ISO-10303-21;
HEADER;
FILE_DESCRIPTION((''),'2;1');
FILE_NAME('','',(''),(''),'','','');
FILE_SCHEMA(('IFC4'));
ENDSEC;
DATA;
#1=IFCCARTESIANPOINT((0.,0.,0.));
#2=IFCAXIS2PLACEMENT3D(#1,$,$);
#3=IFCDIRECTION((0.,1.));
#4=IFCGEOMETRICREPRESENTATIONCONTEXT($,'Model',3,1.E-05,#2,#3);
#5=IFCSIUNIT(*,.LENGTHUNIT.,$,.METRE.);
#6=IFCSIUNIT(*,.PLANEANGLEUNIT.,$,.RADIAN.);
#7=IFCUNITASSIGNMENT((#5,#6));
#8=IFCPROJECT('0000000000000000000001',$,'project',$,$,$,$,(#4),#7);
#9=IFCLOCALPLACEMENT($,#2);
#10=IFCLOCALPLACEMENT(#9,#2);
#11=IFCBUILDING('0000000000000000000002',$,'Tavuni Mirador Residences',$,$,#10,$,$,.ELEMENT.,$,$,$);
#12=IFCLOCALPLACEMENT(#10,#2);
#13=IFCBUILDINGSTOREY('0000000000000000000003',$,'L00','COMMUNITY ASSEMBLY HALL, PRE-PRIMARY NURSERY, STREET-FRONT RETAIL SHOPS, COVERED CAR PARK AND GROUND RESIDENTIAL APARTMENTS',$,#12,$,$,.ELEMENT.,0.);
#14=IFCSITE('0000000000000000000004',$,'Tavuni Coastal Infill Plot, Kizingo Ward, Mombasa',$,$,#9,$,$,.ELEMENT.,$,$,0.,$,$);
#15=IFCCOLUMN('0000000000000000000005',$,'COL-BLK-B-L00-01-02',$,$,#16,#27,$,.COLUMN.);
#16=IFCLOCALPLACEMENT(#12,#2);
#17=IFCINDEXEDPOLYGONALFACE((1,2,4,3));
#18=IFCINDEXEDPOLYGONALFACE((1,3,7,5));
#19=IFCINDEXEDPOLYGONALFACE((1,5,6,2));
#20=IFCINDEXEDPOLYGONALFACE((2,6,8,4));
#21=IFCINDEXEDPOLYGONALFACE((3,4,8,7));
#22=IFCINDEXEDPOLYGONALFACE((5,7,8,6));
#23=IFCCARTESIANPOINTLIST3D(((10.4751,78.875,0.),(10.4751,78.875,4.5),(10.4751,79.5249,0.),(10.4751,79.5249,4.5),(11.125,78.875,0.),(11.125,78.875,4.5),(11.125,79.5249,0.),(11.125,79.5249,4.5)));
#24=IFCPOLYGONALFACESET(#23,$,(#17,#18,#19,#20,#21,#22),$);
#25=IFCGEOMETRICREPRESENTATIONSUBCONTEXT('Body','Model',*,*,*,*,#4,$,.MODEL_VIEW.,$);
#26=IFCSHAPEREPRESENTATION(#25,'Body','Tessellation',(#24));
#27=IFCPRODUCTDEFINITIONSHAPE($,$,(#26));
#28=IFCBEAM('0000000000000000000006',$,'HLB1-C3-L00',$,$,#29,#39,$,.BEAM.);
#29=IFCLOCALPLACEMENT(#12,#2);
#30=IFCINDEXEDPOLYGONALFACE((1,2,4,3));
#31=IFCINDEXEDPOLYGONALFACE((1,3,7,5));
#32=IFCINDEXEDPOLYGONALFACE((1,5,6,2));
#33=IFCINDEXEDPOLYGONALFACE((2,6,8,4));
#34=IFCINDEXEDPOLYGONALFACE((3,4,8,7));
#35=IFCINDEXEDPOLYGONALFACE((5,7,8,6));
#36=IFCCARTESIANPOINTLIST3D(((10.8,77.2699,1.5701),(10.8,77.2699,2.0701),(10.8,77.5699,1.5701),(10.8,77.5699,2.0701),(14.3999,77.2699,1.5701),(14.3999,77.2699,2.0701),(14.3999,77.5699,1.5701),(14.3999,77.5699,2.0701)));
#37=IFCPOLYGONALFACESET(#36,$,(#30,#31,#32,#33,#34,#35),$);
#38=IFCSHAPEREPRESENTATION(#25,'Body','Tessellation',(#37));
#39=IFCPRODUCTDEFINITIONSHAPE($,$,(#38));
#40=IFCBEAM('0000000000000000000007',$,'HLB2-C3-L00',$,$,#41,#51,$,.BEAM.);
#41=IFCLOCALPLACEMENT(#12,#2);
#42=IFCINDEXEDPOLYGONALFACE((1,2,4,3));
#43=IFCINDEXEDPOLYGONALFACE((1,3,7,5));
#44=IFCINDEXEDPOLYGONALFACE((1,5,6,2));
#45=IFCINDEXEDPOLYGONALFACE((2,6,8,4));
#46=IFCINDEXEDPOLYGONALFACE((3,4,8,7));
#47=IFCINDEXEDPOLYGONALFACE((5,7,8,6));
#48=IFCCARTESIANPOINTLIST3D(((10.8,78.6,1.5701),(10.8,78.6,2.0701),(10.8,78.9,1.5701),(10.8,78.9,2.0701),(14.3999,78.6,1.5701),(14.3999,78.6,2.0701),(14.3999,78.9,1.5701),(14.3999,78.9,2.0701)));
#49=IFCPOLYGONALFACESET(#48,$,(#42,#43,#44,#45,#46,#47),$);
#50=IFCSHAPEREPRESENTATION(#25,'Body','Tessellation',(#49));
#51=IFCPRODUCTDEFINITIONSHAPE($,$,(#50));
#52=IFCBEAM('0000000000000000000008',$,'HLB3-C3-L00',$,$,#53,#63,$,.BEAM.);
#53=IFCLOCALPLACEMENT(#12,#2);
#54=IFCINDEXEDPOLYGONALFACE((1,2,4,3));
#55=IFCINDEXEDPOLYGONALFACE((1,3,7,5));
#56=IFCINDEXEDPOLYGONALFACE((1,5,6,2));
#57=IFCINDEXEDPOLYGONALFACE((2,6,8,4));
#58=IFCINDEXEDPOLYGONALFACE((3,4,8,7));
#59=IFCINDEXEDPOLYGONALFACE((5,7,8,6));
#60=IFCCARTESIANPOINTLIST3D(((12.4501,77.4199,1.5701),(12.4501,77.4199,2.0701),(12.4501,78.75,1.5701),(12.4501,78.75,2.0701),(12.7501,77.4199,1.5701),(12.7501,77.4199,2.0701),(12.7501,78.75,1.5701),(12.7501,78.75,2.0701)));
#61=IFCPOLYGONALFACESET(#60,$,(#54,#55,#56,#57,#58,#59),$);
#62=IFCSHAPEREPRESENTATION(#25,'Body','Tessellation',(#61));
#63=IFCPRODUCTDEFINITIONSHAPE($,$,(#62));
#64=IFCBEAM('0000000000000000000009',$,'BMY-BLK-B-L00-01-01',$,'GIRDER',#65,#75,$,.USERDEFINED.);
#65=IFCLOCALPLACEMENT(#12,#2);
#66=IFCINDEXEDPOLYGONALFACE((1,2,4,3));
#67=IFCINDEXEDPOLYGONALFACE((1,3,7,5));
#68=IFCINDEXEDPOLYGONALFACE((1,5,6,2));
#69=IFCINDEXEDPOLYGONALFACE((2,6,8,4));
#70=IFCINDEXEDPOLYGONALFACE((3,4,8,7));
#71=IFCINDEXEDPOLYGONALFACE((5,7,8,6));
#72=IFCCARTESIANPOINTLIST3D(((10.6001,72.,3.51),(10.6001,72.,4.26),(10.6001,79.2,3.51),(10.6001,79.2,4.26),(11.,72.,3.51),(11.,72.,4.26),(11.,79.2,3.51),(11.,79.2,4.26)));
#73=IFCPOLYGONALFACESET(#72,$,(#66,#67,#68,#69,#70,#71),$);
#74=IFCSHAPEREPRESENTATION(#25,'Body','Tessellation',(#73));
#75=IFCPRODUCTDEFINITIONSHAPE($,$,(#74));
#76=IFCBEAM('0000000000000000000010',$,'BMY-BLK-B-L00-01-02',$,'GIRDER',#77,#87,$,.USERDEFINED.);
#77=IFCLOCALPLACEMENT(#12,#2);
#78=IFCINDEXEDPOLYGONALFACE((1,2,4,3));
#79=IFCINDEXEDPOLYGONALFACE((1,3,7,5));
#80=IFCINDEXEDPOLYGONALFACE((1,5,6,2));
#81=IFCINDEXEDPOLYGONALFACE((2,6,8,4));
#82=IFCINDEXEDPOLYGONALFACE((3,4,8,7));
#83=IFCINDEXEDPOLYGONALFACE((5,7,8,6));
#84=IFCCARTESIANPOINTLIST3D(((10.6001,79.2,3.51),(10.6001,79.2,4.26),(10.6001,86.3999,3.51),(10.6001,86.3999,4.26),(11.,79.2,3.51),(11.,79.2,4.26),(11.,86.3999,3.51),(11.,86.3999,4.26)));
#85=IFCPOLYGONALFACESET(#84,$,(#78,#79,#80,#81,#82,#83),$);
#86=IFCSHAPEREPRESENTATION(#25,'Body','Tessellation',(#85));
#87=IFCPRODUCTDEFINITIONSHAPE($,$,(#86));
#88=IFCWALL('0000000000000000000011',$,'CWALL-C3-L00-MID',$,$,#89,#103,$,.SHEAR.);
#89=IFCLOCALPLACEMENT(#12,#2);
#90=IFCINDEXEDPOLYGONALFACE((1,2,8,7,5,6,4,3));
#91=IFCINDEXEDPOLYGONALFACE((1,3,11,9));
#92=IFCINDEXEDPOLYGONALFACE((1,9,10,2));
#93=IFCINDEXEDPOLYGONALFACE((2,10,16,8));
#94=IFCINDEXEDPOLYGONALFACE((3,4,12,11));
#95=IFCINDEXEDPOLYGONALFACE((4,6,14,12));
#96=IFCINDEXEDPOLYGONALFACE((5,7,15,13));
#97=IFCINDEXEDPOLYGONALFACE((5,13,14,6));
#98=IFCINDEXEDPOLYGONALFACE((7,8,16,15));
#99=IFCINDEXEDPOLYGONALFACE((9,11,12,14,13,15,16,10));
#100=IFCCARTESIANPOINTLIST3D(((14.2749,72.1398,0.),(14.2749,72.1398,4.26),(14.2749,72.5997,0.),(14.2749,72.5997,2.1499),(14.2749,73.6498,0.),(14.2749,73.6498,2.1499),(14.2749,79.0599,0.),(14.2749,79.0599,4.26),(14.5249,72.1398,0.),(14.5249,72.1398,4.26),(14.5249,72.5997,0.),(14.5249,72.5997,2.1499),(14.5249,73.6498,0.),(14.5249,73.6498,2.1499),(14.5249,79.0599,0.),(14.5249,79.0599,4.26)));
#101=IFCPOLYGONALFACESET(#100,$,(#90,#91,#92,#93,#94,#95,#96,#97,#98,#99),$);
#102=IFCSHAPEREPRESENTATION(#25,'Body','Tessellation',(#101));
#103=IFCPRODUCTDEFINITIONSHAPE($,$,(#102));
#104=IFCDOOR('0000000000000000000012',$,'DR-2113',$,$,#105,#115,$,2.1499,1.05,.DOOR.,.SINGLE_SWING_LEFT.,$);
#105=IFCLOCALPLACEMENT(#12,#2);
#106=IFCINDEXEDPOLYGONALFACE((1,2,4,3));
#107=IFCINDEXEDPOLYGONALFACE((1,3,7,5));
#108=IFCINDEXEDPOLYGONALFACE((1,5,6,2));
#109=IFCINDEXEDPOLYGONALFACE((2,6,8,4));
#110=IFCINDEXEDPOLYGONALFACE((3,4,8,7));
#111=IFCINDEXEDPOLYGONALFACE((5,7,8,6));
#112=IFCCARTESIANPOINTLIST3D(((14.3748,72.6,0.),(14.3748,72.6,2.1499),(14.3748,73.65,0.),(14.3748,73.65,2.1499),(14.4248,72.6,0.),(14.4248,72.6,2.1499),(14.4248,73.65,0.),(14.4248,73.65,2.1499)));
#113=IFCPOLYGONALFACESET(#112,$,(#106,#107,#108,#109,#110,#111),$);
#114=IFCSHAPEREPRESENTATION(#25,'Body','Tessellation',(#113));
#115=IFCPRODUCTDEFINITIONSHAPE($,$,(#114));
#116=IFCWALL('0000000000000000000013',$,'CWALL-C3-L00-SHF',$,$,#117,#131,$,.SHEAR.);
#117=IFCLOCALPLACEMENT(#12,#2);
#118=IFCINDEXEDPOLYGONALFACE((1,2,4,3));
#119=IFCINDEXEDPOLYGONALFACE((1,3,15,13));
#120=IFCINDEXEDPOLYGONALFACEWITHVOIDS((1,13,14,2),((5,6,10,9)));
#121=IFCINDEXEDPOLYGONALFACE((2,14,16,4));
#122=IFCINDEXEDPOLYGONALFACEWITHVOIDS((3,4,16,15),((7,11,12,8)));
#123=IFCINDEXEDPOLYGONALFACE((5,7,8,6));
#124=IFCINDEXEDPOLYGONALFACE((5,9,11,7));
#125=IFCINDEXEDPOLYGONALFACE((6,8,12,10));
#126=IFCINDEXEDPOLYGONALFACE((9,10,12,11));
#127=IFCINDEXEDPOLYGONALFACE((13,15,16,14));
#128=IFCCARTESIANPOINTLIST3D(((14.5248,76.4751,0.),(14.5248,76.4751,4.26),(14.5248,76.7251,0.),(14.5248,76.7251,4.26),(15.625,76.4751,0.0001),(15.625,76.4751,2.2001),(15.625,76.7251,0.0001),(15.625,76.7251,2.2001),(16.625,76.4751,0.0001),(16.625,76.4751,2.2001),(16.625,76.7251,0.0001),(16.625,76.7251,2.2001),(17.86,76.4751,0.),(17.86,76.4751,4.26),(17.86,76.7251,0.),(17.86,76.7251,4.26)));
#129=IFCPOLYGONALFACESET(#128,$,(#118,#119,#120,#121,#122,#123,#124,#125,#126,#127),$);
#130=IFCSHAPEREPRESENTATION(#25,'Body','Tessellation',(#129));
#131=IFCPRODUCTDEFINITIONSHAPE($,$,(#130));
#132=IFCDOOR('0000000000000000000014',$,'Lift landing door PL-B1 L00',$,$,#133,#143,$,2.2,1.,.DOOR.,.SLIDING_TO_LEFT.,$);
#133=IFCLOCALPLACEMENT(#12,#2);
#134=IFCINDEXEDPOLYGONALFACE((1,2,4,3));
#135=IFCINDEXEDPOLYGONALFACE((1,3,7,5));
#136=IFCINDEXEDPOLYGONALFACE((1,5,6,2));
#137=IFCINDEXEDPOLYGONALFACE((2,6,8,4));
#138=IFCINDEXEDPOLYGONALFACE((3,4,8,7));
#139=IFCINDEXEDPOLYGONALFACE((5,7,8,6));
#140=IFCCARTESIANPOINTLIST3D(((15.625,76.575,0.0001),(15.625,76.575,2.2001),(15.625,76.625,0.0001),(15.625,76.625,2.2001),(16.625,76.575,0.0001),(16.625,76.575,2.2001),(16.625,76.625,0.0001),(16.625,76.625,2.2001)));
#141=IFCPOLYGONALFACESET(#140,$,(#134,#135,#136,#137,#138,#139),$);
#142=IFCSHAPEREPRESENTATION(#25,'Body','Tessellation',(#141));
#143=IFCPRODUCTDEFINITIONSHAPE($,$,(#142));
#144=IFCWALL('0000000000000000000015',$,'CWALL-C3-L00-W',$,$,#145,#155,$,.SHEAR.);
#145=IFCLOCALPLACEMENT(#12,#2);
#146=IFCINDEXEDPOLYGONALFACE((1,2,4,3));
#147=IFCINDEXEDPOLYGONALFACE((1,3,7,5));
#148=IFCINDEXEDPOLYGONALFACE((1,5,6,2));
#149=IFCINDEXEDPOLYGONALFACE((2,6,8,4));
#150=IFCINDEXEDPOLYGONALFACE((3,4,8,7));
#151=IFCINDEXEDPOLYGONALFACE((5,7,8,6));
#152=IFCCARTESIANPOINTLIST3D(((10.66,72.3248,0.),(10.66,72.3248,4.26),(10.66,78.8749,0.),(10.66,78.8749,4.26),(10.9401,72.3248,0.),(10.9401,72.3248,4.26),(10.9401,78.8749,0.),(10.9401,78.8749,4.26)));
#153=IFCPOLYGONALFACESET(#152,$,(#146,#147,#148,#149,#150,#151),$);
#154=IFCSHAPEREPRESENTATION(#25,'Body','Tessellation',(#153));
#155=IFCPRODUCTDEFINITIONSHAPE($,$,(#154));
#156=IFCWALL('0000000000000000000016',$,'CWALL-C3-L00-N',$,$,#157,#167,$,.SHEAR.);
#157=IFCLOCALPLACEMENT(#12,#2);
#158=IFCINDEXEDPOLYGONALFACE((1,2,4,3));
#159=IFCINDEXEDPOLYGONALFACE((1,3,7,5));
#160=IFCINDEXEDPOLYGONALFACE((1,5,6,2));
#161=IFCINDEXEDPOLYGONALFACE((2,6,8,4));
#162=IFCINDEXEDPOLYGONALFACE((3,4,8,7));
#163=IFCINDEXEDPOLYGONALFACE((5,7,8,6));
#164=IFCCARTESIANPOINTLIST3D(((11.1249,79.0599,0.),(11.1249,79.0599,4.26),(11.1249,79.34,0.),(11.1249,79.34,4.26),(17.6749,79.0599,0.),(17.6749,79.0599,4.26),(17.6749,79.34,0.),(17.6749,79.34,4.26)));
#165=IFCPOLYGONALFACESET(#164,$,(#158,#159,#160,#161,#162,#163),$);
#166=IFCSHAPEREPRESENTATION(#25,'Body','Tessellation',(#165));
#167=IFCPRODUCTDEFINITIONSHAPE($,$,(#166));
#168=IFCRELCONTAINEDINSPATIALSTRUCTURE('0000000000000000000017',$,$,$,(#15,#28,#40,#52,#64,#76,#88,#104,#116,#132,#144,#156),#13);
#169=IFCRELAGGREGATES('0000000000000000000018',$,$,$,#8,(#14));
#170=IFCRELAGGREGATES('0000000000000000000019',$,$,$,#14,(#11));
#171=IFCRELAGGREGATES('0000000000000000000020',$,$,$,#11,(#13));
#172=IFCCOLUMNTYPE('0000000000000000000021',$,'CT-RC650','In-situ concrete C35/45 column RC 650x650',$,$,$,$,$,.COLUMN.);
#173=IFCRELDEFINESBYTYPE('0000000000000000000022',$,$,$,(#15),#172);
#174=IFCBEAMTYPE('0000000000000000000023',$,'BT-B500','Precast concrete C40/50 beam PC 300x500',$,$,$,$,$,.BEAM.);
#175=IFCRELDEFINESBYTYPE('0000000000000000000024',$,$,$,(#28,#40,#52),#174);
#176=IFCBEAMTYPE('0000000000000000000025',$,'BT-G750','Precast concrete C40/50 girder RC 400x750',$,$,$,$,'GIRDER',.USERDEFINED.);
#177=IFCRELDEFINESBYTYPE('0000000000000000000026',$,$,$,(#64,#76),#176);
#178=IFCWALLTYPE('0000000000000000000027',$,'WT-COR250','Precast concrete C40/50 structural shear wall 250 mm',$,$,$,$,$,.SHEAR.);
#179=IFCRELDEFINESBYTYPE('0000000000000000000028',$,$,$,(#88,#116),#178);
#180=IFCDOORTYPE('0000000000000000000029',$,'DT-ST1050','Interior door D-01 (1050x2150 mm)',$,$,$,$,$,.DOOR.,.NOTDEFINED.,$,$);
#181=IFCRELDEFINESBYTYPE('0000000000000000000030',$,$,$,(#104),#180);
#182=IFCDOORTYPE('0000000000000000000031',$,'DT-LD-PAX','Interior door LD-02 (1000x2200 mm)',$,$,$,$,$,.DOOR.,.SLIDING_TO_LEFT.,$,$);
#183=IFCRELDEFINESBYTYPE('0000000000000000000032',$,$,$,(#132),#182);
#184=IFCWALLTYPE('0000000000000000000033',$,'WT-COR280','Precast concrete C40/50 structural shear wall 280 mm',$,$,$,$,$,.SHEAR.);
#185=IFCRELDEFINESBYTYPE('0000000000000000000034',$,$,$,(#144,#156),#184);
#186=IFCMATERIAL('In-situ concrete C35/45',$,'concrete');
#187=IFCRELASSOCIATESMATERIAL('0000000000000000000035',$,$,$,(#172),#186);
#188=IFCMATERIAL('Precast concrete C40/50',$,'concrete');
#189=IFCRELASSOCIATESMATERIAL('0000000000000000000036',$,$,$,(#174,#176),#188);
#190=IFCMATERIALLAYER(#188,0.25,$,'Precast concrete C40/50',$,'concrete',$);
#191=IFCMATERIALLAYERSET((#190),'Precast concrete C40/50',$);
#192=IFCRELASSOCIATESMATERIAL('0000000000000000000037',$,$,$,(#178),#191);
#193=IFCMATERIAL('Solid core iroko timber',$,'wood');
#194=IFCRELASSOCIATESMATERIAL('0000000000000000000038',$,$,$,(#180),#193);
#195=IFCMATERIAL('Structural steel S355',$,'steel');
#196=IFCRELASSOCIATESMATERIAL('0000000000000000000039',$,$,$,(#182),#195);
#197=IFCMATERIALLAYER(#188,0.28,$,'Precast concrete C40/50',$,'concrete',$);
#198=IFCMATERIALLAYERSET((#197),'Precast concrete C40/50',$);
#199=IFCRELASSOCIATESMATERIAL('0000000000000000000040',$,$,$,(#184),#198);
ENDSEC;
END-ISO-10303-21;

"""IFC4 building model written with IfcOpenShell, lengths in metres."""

from ifc_helpers import new_model, si_unit, direction, frame, frame_2d, origin, origin_2d, place, context, subcontext, project, spatial, rectangle, extrude, material, layer, layer_set, material_profile, profile_set, type_object, element, fill, save


model = new_model("IFC4")

# Units and contexts
model_context = context("Model", 3, precision=1e-05, world=origin(), true_north=direction((0.0, 1.0)))
body_context = subcontext(model_context, "Body", "Model", "MODEL_VIEW")
ifc_project = project(units=[si_unit("LENGTHUNIT", "METRE"), si_unit("PLANEANGLEUNIT", "RADIAN")], contexts=[model_context])

# Site, building, storey
site_placement = place(None, origin())
site = spatial("IfcSite", under=ifc_project, at=site_placement, Name="Tavuni Coastal Infill Plot, Kizingo Ward, Mombasa", CompositionType="ELEMENT", RefElevation=0.0)
building_placement = place(site_placement, origin())
building = spatial("IfcBuilding", under=site, at=building_placement, Name="Tavuni Mirador Residences", CompositionType="ELEMENT")
storey_placement = place(building_placement, origin())
storey = spatial("IfcBuildingStorey", under=building, at=storey_placement, Name="L00", Description="COMMUNITY ASSEMBLY HALL, PRE-PRIMARY NURSERY, STREET-FRONT RETAIL SHOPS, COVERED CAR PARK AND GROUND RESIDENTIAL APARTMENTS", CompositionType="ELEMENT", Elevation=0.0)

# Column
ifc_material_1 = material(Name="In-situ concrete C35/45", Category="concrete")
ifc_material_profile_1 = material_profile(ifc_material_1, rectangle(XDim=0.6499, YDim=0.6499, at=origin_2d()), Name="RC 650x650", Category="concrete")
ifc_profile_set_1 = profile_set([ifc_material_profile_1], Name="In-situ concrete C35/45")
column_type = type_object("IfcColumnType", Name="CT-RC650", Description="In-situ concrete C35/45 column RC 650x650", PredefinedType="COLUMN", material=ifc_profile_set_1)
column_placement = place(storey_placement, frame((10.8, 79.2, 0.0), z_axis=(0.0, 0.0, 1.0), x_axis=(1.0, 0.0, 0.0)))
element("IfcColumn", 1, at=column_placement, inside=storey, type_object=column_type, Name="COL-BLK-B-L00-01-02", PredefinedType="COLUMN", context=body_context, shape_type="SweptSolid", body=[
    extrude(rectangle(XDim=0.6499, YDim=0.6499, at=origin_2d()), origin(), (0.0, 0.0, 1.0), 4.5),
])

# Beams
ifc_material_2 = material(Name="Precast concrete C40/50", Category="concrete")
ifc_material_profile_2 = material_profile(ifc_material_2, rectangle(XDim=0.3, YDim=0.5, at=origin_2d()), Name="PC 300x500", Category="concrete")
ifc_profile_set_2 = profile_set([ifc_material_profile_2], Name="Precast concrete C40/50")
beam_type_1 = type_object("IfcBeamType", Name="BT-B500", Description="Precast concrete C40/50 beam PC 300x500", PredefinedType="BEAM", material=ifc_profile_set_2)
for number, where, z_axis, x_axis, name in (
    (2, (10.8, 77.4199, 1.8201), (1.0, 0.0, 0.0), (0.0, 1.0, 0.0), "HLB1-C3-L00"),
    (3, (10.8, 78.75, 1.8201), (1.0, 0.0, 0.0), (0.0, 1.0, 0.0), "HLB2-C3-L00"),
):
    element("IfcBeam", number, at=place(storey_placement, frame(where, z_axis=z_axis, x_axis=x_axis)), inside=storey, type_object=beam_type_1, Name=name, PredefinedType="BEAM", context=body_context, shape_type="SweptSolid", body=[
        extrude(rectangle(XDim=0.3, YDim=0.5, at=origin_2d()), origin(), (0.0, 0.0, 1.0), 3.5999),
    ])
beam_placement = place(storey_placement, frame((12.6001, 77.4199, 1.8201), z_axis=(0.0, 1.0, 0.0), x_axis=(-1.0, 0.0, 0.0)))
element("IfcBeam", 4, at=beam_placement, inside=storey, type_object=beam_type_1, Name="HLB3-C3-L00", PredefinedType="BEAM", context=body_context, shape_type="SweptSolid", body=[
    extrude(rectangle(XDim=0.3, YDim=0.5, at=origin_2d()), origin(), (0.0, 0.0, 1.0), 1.3301),
])
ifc_material_profile_3 = material_profile(ifc_material_2, rectangle(XDim=0.3999, YDim=0.75, at=origin_2d()), Name="RC 400x750", Category="concrete")
ifc_profile_set_3 = profile_set([ifc_material_profile_3], Name="Precast concrete C40/50")
beam_type_2 = type_object("IfcBeamType", Name="BT-G750", Description="Precast concrete C40/50 girder RC 400x750", ElementType="GIRDER", PredefinedType="USERDEFINED", material=ifc_profile_set_3)
for number, where, z_axis, x_axis, name in (
    (5, (10.8, 72.0, 3.885), (0.0, 1.0, 0.0), (-1.0, 0.0, 0.0), "BMY-BLK-B-L00-01-01"),
    (6, (10.8, 79.2, 3.885), (0.0, 1.0, 0.0), (-1.0, 0.0, 0.0), "BMY-BLK-B-L00-01-02"),
):
    element("IfcBeam", number, at=place(storey_placement, frame(where, z_axis=z_axis, x_axis=x_axis)), inside=storey, type_object=beam_type_2, Name=name, ObjectType="GIRDER", PredefinedType="USERDEFINED", context=body_context, shape_type="SweptSolid", body=[
        extrude(rectangle(XDim=0.3999, YDim=0.75, at=origin_2d()), origin(), (0.0, 0.0, 1.0), 7.2),
    ])

# Walls, openings, doors
ifc_layer_1 = layer(ifc_material_2, 0.25, Name="Precast concrete C40/50", Category="concrete")
ifc_layer_set_1 = layer_set([ifc_layer_1], Name="Precast concrete C40/50")
wall_type_1 = type_object("IfcWallType", Name="WT-COR250", Description="Precast concrete C40/50 structural shear wall 250 mm", PredefinedType="SHEAR", material=ifc_layer_set_1)
wall_1_placement = place(storey_placement, frame((14.3999, 72.1399, 0.0), z_axis=(0.0, 0.0, 1.0), x_axis=(0.0, 1.0, 0.0)))
wall_1 = element("IfcWall", 7, at=wall_1_placement, inside=storey, type_object=wall_type_1, Name="CWALL-C3-L00-MID", PredefinedType="SHEAR", context=body_context, shape_type="SweptSolid", body=[
    extrude(rectangle(XDim=6.9202, YDim=0.25, at=frame_2d((3.46, 0.0))), origin(), (0.0, 0.0, 1.0), 4.26),
])
opening_1_placement = place(wall_1_placement, frame((0.46, 0.0, 0.0)))
opening_1 = element("IfcOpeningElement", 8, at=opening_1_placement, cuts=wall_1, PredefinedType="OPENING", context=body_context, shape_type="SweptSolid", body=[
    extrude(rectangle(XDim=1.05, YDim=2.1499, at=frame_2d((0.5249, 1.075))), frame((0.0, 0.135, 0.0), z_axis=(0.0, -1.0, 0.0), x_axis=(1.0, 0.0, 0.0)), (0.0, 0.0, 1.0), 0.27),
])
ifc_material_3 = material(Name="Solid core iroko timber", Category="wood")
door_type_1 = type_object("IfcDoorType", Name="DT-ST1050", Description="Interior door D-01 (1050x2150 mm)", OperationType="NOTDEFINED", PredefinedType="DOOR", material=ifc_material_3)
door_1_placement = place(opening_1_placement, frame((1.05, 0.0, 0.0), z_axis=(0.0, 0.0, 1.0), x_axis=(-1.0, 0.0, 0.0)))
door_1 = element("IfcDoor", 9, at=door_1_placement, inside=storey, type_object=door_type_1, Name="DR-2113", OperationType="SINGLE_SWING_LEFT", OverallHeight=2.1499, OverallWidth=1.05, PredefinedType="DOOR", context=body_context, shape_type="SweptSolid", body=[
    extrude(rectangle(XDim=1.05, YDim=2.1499, at=frame_2d((0.5249, 1.075))), frame((0.0, 0.0249, 0.0), z_axis=(0.0, -1.0, 0.0), x_axis=(1.0, 0.0, 0.0)), (0.0, 0.0, 1.0), 0.05),
])
fill(opening_1, door_1)
wall_2_placement = place(storey_placement, frame((14.5249, 76.6001, 0.0), z_axis=(0.0, 0.0, 1.0), x_axis=(1.0, 0.0, 0.0)))
wall_2 = element("IfcWall", 10, at=wall_2_placement, inside=storey, type_object=wall_type_1, Name="CWALL-C3-L00-SHF", PredefinedType="SHEAR", context=body_context, shape_type="SweptSolid", body=[
    extrude(rectangle(XDim=3.3352, YDim=0.25, at=frame_2d((1.6675, 0.0))), origin(), (0.0, 0.0, 1.0), 4.26),
])
opening_2_placement = place(wall_2_placement, frame((1.1001, 0.0, 0.0)))
opening_2 = element("IfcOpeningElement", 11, at=opening_2_placement, cuts=wall_2, PredefinedType="OPENING", context=body_context, shape_type="SweptSolid", body=[
    extrude(rectangle(XDim=1.0, YDim=2.2, at=frame_2d((0.5, 1.1001))), frame((0.0, 0.135, 0.0), z_axis=(0.0, -1.0, 0.0), x_axis=(1.0, 0.0, 0.0)), (0.0, 0.0, 1.0), 0.27),
])
ifc_material_4 = material(Name="Structural steel S355", Category="steel")
door_type_2 = type_object("IfcDoorType", Name="DT-LD-PAX", Description="Interior door LD-02 (1000x2200 mm)", OperationType="SLIDING_TO_LEFT", PredefinedType="DOOR", material=ifc_material_4)
door_2_placement = place(opening_2_placement, origin())
door_2 = element("IfcDoor", 12, at=door_2_placement, inside=storey, type_object=door_type_2, Name="Lift landing door PL-B1 L00", OperationType="SLIDING_TO_LEFT", OverallHeight=2.2, OverallWidth=1.0, PredefinedType="DOOR", context=body_context, shape_type="SweptSolid", body=[
    extrude(rectangle(XDim=1.0, YDim=2.2, at=frame_2d((0.5, 1.1001))), frame((0.0, 0.0249, 0.0), z_axis=(0.0, -1.0, 0.0), x_axis=(1.0, 0.0, 0.0)), (0.0, 0.0, 1.0), 0.05),
])
fill(opening_2, door_2)

# Walls
ifc_layer_2 = layer(ifc_material_2, 0.28, Name="Precast concrete C40/50", Category="concrete")
ifc_layer_set_2 = layer_set([ifc_layer_2], Name="Precast concrete C40/50")
wall_type_2 = type_object("IfcWallType", Name="WT-COR280", Description="Precast concrete C40/50 structural shear wall 280 mm", PredefinedType="SHEAR", material=ifc_layer_set_2)
for number, where, z_axis, x_axis, name in (
    (13, (10.8, 72.325, 0.0), (0.0, 0.0, 1.0), (0.0, 1.0, 0.0), "CWALL-C3-L00-W"),
    (14, (11.125, 79.2, 0.0), (0.0, 0.0, 1.0), (1.0, 0.0, 0.0), "CWALL-C3-L00-N"),
):
    element("IfcWall", number, at=place(storey_placement, frame(where, z_axis=z_axis, x_axis=x_axis)), inside=storey, type_object=wall_type_2, Name=name, PredefinedType="SHEAR", context=body_context, shape_type="SweptSolid", body=[
        extrude(rectangle(XDim=6.55, YDim=0.28, at=frame_2d((3.2749, 0.0))), origin(), (0.0, 0.0, 1.0), 4.26),
    ])

save(model, "model.ifc")
